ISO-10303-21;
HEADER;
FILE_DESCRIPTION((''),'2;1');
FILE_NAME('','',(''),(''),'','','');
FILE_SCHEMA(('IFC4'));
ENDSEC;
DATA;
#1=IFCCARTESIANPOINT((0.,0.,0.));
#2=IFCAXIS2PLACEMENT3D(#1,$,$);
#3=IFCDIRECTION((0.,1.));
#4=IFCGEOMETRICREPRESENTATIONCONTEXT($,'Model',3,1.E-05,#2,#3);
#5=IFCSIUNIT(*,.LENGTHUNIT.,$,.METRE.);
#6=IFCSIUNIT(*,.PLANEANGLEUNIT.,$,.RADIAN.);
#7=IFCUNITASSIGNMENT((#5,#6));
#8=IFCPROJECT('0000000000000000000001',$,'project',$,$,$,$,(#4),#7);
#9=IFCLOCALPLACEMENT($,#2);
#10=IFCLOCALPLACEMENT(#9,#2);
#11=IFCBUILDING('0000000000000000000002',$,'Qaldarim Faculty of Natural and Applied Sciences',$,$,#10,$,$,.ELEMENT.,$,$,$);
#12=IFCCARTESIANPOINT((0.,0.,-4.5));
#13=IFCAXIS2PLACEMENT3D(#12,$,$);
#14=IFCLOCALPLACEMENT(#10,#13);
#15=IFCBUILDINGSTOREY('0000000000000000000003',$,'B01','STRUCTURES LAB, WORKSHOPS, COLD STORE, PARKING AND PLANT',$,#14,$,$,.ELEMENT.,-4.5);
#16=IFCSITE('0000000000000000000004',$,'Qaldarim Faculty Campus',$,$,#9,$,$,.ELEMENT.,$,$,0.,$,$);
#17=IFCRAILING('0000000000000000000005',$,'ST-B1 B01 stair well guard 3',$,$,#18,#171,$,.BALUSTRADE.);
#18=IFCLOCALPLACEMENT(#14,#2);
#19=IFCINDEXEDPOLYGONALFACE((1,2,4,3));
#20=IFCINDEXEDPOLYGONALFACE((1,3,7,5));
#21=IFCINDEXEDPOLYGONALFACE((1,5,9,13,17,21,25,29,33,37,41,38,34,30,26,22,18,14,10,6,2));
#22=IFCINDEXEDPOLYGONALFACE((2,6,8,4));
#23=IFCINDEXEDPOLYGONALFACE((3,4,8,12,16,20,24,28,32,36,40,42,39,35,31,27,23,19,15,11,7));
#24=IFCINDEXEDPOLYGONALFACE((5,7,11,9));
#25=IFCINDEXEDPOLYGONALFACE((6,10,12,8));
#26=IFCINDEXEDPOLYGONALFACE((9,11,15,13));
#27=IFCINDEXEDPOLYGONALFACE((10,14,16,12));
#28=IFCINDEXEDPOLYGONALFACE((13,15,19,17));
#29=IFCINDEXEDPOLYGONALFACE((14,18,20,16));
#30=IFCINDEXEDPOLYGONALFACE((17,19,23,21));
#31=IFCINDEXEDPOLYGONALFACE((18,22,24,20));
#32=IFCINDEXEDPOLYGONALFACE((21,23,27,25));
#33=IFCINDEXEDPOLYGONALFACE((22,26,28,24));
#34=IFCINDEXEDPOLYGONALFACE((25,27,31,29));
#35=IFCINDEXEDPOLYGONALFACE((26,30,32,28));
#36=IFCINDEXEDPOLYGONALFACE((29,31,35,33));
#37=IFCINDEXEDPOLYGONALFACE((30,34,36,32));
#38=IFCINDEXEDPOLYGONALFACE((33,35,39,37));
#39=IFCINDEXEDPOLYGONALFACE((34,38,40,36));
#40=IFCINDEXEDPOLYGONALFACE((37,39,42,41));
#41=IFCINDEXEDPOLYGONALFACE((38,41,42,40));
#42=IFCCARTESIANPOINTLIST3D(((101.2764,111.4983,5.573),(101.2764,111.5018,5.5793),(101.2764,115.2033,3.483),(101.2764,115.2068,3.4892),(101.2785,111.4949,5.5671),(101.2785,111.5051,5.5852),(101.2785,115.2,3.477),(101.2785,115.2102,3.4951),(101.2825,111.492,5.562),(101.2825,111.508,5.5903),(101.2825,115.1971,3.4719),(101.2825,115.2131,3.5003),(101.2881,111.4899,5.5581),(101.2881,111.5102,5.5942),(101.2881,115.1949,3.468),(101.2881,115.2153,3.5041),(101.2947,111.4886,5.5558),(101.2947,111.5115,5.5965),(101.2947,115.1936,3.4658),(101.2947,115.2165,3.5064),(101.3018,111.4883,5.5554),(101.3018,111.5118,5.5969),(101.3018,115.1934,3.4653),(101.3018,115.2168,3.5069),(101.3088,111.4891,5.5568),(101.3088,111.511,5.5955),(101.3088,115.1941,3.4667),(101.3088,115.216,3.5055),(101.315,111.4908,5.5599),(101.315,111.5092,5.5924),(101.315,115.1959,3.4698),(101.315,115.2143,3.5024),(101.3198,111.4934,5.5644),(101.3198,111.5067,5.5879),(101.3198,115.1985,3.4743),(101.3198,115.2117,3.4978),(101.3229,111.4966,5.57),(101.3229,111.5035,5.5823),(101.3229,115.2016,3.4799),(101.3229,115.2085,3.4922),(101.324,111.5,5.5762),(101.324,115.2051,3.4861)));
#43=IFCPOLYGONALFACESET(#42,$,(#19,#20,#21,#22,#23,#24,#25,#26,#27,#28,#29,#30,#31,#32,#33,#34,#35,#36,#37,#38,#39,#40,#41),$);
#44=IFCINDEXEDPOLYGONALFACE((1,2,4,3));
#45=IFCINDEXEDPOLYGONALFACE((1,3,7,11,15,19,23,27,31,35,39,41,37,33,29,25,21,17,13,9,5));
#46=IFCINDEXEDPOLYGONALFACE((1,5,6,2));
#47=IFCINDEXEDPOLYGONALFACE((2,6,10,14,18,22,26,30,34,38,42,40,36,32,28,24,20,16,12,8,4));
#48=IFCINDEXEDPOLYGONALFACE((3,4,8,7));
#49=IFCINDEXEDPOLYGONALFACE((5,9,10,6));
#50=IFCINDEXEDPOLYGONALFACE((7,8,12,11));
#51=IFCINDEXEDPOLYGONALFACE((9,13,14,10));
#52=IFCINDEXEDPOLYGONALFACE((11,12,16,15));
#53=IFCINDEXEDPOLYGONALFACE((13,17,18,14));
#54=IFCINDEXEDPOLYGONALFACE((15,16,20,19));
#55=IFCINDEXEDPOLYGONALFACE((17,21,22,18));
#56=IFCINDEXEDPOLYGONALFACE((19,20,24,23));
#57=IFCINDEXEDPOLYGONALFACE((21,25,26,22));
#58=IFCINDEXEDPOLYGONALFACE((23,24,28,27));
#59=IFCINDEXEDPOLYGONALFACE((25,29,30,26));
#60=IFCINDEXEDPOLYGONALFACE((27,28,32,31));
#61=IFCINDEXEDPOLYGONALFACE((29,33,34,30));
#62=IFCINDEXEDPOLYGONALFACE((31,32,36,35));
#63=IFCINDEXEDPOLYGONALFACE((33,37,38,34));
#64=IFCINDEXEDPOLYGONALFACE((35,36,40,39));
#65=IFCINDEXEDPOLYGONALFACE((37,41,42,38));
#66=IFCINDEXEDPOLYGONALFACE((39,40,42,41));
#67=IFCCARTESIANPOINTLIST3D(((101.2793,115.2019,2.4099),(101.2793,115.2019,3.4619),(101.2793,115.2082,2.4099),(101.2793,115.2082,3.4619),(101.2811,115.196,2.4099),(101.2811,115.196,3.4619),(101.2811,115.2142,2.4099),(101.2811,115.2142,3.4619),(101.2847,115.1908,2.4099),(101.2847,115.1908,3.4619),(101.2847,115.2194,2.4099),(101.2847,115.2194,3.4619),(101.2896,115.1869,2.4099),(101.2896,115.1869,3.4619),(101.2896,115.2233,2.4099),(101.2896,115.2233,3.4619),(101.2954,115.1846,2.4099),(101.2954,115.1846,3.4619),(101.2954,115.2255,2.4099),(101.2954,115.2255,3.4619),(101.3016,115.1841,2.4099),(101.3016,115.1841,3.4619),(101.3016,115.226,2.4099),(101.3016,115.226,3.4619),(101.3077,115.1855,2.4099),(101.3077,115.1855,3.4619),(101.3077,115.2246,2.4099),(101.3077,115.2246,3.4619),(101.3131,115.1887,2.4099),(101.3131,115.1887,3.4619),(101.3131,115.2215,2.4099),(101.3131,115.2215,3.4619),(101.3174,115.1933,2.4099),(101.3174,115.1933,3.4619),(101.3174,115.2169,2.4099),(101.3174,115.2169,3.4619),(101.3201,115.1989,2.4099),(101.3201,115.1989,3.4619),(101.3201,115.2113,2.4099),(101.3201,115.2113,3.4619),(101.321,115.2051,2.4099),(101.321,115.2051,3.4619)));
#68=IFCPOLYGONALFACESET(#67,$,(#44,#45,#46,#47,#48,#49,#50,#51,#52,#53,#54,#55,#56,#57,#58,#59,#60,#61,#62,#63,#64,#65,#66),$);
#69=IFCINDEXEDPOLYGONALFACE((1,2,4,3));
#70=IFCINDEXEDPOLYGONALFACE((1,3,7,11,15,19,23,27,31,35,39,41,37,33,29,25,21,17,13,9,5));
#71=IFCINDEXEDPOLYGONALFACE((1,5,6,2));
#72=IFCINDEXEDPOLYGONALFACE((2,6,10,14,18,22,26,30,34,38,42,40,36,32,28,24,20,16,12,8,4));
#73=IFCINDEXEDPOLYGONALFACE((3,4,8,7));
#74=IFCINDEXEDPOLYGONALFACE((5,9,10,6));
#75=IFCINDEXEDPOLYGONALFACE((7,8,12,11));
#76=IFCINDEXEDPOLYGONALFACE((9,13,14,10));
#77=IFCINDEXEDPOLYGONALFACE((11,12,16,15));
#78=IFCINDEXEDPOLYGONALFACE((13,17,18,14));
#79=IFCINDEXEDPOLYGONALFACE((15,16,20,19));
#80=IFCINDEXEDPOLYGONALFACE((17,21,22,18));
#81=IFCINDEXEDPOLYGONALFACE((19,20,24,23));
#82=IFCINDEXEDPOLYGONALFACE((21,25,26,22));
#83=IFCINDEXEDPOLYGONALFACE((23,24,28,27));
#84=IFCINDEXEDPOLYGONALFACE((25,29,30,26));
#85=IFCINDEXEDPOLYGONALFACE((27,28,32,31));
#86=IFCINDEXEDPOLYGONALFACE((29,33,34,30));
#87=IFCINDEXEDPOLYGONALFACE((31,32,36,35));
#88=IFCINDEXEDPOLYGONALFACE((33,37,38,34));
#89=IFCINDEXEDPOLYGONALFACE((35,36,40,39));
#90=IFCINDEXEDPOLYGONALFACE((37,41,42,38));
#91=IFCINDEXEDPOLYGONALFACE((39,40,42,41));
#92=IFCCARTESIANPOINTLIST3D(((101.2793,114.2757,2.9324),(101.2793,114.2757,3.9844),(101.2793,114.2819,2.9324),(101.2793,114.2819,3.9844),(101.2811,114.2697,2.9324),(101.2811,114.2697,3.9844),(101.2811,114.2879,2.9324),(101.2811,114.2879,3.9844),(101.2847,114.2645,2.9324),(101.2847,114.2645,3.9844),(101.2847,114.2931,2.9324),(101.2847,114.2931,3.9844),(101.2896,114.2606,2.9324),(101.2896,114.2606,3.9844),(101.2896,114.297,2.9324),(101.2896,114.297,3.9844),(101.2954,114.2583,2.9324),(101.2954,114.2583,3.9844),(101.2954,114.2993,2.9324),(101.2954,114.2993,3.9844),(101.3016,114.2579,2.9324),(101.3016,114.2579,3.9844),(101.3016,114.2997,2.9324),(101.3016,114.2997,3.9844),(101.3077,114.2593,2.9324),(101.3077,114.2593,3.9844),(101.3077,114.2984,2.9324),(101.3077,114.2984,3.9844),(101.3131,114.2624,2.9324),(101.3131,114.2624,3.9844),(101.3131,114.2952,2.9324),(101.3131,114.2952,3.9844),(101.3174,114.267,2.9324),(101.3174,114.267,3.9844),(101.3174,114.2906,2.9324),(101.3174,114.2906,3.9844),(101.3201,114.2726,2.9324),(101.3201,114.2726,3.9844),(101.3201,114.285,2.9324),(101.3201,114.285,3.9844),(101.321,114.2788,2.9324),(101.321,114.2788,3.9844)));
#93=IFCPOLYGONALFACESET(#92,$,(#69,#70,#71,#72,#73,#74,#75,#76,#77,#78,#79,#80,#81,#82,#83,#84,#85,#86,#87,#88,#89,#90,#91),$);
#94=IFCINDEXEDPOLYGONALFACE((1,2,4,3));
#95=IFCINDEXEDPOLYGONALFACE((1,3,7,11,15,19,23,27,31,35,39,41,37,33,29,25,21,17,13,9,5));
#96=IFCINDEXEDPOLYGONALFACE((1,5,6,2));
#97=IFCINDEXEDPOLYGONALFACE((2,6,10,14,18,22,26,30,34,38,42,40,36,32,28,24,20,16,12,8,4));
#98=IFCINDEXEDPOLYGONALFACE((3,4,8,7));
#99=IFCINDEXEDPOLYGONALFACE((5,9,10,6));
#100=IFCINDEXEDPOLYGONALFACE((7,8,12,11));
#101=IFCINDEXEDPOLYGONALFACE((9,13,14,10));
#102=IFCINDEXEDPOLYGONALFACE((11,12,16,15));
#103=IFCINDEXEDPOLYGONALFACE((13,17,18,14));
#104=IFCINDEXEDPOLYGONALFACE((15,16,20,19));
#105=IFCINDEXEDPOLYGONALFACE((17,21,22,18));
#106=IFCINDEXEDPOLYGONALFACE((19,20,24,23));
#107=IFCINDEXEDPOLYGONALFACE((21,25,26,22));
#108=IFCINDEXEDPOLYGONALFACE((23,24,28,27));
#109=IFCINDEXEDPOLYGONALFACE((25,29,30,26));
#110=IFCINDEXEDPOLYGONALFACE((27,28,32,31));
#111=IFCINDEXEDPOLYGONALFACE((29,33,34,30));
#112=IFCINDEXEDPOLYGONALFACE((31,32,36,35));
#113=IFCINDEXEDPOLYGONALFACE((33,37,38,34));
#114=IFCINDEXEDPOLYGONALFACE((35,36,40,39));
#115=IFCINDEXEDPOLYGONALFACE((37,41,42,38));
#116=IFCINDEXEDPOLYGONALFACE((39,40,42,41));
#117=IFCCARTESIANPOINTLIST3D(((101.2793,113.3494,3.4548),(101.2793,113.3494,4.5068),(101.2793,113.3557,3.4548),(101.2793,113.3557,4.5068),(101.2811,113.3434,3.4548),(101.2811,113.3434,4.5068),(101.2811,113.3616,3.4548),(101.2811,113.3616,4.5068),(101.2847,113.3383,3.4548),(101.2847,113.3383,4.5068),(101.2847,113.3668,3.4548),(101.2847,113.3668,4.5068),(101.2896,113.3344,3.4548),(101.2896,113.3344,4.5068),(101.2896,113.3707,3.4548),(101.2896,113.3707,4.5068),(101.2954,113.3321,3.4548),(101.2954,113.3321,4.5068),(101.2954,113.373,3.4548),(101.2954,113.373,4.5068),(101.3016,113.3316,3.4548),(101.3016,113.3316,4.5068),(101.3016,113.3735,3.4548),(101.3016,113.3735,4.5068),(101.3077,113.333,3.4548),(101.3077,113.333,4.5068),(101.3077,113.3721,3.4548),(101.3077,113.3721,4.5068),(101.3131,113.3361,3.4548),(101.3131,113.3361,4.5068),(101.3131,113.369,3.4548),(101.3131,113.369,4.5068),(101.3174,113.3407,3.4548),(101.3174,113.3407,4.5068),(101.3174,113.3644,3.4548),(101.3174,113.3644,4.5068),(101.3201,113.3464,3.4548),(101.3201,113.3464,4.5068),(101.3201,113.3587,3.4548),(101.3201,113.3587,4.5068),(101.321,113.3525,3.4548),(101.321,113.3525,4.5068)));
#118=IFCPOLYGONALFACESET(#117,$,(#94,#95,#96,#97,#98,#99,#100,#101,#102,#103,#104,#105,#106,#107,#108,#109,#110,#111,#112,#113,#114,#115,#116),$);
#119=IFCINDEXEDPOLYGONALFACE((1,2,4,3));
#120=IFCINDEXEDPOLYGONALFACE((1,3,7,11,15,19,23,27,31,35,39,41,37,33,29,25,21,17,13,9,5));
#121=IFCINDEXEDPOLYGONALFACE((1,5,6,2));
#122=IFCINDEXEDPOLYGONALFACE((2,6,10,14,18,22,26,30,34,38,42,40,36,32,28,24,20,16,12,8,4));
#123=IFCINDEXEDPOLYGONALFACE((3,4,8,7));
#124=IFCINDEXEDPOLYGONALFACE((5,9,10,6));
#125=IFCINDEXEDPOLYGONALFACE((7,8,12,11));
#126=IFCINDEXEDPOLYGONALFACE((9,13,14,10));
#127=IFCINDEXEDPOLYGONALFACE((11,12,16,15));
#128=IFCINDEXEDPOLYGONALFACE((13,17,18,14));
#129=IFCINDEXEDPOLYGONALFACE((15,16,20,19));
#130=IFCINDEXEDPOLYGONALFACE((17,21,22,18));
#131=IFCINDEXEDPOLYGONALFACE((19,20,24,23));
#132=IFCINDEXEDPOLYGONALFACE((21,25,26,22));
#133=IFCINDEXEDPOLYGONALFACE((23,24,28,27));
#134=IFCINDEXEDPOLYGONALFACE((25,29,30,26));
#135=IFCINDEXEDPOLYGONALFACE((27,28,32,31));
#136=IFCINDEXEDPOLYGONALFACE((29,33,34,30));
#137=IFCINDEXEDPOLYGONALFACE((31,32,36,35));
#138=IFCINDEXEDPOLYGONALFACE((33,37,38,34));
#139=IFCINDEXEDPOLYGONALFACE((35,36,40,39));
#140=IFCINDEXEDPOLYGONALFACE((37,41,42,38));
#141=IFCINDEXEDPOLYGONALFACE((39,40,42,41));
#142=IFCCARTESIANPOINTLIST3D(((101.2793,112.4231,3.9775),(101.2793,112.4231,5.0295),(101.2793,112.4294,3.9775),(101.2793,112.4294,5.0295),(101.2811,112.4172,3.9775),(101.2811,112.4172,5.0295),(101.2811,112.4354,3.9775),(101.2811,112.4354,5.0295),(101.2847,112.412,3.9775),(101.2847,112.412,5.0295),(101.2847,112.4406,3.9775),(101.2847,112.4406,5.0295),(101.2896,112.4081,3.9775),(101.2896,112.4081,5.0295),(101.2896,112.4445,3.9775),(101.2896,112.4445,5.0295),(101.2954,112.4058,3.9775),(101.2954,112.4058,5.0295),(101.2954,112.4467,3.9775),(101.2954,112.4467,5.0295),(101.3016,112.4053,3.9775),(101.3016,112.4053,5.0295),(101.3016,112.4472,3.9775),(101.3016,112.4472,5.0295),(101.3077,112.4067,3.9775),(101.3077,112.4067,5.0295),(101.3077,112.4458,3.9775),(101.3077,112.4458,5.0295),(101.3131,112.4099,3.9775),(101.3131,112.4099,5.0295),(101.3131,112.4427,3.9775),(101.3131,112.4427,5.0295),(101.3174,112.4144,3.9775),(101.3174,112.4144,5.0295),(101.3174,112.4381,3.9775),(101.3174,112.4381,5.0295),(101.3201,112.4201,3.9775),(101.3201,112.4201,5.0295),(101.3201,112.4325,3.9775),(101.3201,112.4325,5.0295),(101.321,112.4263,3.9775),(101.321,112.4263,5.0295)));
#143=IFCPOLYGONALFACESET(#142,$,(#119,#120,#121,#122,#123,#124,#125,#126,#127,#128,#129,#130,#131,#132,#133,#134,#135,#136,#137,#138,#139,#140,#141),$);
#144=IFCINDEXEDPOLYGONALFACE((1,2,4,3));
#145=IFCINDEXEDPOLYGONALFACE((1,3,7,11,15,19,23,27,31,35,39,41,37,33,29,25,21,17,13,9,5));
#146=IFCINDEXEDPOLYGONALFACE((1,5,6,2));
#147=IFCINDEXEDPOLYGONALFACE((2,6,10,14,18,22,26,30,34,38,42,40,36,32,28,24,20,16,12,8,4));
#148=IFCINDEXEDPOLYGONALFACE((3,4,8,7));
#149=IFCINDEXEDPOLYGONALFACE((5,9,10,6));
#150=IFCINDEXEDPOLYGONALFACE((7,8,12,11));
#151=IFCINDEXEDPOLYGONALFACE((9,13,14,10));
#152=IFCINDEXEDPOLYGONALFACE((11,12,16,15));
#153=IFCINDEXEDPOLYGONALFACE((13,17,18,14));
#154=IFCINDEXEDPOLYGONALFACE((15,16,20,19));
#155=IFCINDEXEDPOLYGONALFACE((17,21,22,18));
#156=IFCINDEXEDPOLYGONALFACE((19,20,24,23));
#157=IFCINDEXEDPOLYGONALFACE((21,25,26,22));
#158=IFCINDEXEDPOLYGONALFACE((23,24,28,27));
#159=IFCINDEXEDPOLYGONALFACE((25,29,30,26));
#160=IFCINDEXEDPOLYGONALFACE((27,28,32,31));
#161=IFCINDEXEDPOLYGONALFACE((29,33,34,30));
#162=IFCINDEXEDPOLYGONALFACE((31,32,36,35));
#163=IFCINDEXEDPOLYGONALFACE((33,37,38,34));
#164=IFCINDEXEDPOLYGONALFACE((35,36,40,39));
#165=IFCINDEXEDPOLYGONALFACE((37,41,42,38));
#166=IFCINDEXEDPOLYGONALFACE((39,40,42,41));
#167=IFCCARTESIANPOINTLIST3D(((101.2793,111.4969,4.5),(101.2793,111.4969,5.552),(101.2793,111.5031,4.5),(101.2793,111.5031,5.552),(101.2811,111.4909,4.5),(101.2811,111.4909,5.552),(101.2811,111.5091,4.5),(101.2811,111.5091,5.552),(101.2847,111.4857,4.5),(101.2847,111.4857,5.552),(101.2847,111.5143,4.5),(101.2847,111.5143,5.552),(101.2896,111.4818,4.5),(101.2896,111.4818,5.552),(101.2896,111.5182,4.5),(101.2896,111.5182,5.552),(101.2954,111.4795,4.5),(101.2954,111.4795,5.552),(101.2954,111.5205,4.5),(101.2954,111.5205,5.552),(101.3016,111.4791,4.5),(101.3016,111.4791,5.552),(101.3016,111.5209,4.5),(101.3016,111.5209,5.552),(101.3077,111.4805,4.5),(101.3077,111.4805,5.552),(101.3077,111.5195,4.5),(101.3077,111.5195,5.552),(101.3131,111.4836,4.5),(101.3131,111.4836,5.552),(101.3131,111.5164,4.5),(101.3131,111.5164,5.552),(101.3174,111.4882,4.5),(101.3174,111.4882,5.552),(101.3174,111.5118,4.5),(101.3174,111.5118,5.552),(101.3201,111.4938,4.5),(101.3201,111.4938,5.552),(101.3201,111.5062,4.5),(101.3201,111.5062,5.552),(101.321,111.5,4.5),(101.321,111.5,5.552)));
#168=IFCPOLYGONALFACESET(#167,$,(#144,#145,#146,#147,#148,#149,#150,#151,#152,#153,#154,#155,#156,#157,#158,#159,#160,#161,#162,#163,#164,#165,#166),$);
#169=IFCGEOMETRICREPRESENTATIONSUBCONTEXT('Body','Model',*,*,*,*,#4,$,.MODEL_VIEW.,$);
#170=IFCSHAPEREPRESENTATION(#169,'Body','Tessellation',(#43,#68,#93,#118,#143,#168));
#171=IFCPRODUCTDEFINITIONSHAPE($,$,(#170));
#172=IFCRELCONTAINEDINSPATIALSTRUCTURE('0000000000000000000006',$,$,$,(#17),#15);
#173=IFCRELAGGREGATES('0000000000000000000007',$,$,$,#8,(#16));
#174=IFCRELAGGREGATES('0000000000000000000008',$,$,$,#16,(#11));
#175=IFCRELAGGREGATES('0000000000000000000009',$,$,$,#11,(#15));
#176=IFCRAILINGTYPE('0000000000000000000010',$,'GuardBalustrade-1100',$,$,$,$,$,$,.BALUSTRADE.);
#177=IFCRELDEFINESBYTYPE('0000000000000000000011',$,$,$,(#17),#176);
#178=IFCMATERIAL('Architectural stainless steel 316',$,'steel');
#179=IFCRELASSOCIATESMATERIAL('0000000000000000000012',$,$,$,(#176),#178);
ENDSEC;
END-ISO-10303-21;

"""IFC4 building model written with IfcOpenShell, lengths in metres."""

from ifc_helpers import new_model, si_unit, direction, frame, origin, origin_2d, place, context, subcontext, project, spatial, circle, extrude, material, type_object, element, save


model = new_model("IFC4")

# Units and contexts
model_context = context("Model", 3, precision=1e-05, world=origin(), true_north=direction((0.0, 1.0)))
body_context = subcontext(model_context, "Body", "Model", "MODEL_VIEW")
ifc_project = project(units=[si_unit("LENGTHUNIT", "METRE"), si_unit("PLANEANGLEUNIT", "RADIAN")], contexts=[model_context])

# Site, building, storey
site_placement = place(None, origin())
site = spatial("IfcSite", under=ifc_project, at=site_placement, Name="Qaldarim Faculty Campus", CompositionType="ELEMENT", RefElevation=0.0)
building_placement = place(site_placement, origin())
building = spatial("IfcBuilding", under=site, at=building_placement, Name="Qaldarim Faculty of Natural and Applied Sciences", CompositionType="ELEMENT")
storey_placement = place(building_placement, frame((0.0, 0.0, -4.5)))
storey = spatial("IfcBuildingStorey", under=building, at=storey_placement, Name="B01", Description="STRUCTURES LAB, WORKSHOPS, COLD STORE, PARKING AND PLANT", CompositionType="ELEMENT", Elevation=-4.5)

# Shared definitions
ifc_material_1 = material(Name="Architectural stainless steel 316", Category="steel")

# Railing
railing_type_1 = type_object("IfcRailingType", Name="GuardBalustrade-1100", PredefinedType="BALUSTRADE", material=ifc_material_1)
railing_1_placement = place(storey_placement, frame((101.3, 115.2051, 2.4099)))
element("IfcRailing", 1, at=railing_1_placement, inside=storey, type_object=railing_type_1, Name="ST-B1 B01 stair well guard 3", PredefinedType="BALUSTRADE", context=body_context, shape_type="SweptSolid", body=[
    extrude(circle(Radius=0.0239, at=origin_2d()), frame((0.0, 0.0, 1.0762), z_axis=(0.0, -0.870974, 0.491329), x_axis=(1.0, 0.0, 0.0)), (0.0, 0.0, 1.0), 4.2539),
    extrude(circle(Radius=0.021, at=origin_2d()), origin(), (0.0, 0.0, 1.0), 1.052),
    extrude(circle(Radius=0.021, at=origin_2d()), frame((0.0, -0.9263, 0.5225)), (0.0, 0.0, 1.0), 1.052),
    extrude(circle(Radius=0.021, at=origin_2d()), frame((0.0, -1.8525, 1.0449)), (0.0, 0.0, 1.0), 1.052),
    extrude(circle(Radius=0.021, at=origin_2d()), frame((0.0, -2.7788, 1.5676)), (0.0, 0.0, 1.0), 1.052),
    extrude(circle(Radius=0.021, at=origin_2d()), frame((0.0, -3.7051, 2.0901)), (0.0, 0.0, 1.0), 1.052),
])

save(model, "model.ifc")
